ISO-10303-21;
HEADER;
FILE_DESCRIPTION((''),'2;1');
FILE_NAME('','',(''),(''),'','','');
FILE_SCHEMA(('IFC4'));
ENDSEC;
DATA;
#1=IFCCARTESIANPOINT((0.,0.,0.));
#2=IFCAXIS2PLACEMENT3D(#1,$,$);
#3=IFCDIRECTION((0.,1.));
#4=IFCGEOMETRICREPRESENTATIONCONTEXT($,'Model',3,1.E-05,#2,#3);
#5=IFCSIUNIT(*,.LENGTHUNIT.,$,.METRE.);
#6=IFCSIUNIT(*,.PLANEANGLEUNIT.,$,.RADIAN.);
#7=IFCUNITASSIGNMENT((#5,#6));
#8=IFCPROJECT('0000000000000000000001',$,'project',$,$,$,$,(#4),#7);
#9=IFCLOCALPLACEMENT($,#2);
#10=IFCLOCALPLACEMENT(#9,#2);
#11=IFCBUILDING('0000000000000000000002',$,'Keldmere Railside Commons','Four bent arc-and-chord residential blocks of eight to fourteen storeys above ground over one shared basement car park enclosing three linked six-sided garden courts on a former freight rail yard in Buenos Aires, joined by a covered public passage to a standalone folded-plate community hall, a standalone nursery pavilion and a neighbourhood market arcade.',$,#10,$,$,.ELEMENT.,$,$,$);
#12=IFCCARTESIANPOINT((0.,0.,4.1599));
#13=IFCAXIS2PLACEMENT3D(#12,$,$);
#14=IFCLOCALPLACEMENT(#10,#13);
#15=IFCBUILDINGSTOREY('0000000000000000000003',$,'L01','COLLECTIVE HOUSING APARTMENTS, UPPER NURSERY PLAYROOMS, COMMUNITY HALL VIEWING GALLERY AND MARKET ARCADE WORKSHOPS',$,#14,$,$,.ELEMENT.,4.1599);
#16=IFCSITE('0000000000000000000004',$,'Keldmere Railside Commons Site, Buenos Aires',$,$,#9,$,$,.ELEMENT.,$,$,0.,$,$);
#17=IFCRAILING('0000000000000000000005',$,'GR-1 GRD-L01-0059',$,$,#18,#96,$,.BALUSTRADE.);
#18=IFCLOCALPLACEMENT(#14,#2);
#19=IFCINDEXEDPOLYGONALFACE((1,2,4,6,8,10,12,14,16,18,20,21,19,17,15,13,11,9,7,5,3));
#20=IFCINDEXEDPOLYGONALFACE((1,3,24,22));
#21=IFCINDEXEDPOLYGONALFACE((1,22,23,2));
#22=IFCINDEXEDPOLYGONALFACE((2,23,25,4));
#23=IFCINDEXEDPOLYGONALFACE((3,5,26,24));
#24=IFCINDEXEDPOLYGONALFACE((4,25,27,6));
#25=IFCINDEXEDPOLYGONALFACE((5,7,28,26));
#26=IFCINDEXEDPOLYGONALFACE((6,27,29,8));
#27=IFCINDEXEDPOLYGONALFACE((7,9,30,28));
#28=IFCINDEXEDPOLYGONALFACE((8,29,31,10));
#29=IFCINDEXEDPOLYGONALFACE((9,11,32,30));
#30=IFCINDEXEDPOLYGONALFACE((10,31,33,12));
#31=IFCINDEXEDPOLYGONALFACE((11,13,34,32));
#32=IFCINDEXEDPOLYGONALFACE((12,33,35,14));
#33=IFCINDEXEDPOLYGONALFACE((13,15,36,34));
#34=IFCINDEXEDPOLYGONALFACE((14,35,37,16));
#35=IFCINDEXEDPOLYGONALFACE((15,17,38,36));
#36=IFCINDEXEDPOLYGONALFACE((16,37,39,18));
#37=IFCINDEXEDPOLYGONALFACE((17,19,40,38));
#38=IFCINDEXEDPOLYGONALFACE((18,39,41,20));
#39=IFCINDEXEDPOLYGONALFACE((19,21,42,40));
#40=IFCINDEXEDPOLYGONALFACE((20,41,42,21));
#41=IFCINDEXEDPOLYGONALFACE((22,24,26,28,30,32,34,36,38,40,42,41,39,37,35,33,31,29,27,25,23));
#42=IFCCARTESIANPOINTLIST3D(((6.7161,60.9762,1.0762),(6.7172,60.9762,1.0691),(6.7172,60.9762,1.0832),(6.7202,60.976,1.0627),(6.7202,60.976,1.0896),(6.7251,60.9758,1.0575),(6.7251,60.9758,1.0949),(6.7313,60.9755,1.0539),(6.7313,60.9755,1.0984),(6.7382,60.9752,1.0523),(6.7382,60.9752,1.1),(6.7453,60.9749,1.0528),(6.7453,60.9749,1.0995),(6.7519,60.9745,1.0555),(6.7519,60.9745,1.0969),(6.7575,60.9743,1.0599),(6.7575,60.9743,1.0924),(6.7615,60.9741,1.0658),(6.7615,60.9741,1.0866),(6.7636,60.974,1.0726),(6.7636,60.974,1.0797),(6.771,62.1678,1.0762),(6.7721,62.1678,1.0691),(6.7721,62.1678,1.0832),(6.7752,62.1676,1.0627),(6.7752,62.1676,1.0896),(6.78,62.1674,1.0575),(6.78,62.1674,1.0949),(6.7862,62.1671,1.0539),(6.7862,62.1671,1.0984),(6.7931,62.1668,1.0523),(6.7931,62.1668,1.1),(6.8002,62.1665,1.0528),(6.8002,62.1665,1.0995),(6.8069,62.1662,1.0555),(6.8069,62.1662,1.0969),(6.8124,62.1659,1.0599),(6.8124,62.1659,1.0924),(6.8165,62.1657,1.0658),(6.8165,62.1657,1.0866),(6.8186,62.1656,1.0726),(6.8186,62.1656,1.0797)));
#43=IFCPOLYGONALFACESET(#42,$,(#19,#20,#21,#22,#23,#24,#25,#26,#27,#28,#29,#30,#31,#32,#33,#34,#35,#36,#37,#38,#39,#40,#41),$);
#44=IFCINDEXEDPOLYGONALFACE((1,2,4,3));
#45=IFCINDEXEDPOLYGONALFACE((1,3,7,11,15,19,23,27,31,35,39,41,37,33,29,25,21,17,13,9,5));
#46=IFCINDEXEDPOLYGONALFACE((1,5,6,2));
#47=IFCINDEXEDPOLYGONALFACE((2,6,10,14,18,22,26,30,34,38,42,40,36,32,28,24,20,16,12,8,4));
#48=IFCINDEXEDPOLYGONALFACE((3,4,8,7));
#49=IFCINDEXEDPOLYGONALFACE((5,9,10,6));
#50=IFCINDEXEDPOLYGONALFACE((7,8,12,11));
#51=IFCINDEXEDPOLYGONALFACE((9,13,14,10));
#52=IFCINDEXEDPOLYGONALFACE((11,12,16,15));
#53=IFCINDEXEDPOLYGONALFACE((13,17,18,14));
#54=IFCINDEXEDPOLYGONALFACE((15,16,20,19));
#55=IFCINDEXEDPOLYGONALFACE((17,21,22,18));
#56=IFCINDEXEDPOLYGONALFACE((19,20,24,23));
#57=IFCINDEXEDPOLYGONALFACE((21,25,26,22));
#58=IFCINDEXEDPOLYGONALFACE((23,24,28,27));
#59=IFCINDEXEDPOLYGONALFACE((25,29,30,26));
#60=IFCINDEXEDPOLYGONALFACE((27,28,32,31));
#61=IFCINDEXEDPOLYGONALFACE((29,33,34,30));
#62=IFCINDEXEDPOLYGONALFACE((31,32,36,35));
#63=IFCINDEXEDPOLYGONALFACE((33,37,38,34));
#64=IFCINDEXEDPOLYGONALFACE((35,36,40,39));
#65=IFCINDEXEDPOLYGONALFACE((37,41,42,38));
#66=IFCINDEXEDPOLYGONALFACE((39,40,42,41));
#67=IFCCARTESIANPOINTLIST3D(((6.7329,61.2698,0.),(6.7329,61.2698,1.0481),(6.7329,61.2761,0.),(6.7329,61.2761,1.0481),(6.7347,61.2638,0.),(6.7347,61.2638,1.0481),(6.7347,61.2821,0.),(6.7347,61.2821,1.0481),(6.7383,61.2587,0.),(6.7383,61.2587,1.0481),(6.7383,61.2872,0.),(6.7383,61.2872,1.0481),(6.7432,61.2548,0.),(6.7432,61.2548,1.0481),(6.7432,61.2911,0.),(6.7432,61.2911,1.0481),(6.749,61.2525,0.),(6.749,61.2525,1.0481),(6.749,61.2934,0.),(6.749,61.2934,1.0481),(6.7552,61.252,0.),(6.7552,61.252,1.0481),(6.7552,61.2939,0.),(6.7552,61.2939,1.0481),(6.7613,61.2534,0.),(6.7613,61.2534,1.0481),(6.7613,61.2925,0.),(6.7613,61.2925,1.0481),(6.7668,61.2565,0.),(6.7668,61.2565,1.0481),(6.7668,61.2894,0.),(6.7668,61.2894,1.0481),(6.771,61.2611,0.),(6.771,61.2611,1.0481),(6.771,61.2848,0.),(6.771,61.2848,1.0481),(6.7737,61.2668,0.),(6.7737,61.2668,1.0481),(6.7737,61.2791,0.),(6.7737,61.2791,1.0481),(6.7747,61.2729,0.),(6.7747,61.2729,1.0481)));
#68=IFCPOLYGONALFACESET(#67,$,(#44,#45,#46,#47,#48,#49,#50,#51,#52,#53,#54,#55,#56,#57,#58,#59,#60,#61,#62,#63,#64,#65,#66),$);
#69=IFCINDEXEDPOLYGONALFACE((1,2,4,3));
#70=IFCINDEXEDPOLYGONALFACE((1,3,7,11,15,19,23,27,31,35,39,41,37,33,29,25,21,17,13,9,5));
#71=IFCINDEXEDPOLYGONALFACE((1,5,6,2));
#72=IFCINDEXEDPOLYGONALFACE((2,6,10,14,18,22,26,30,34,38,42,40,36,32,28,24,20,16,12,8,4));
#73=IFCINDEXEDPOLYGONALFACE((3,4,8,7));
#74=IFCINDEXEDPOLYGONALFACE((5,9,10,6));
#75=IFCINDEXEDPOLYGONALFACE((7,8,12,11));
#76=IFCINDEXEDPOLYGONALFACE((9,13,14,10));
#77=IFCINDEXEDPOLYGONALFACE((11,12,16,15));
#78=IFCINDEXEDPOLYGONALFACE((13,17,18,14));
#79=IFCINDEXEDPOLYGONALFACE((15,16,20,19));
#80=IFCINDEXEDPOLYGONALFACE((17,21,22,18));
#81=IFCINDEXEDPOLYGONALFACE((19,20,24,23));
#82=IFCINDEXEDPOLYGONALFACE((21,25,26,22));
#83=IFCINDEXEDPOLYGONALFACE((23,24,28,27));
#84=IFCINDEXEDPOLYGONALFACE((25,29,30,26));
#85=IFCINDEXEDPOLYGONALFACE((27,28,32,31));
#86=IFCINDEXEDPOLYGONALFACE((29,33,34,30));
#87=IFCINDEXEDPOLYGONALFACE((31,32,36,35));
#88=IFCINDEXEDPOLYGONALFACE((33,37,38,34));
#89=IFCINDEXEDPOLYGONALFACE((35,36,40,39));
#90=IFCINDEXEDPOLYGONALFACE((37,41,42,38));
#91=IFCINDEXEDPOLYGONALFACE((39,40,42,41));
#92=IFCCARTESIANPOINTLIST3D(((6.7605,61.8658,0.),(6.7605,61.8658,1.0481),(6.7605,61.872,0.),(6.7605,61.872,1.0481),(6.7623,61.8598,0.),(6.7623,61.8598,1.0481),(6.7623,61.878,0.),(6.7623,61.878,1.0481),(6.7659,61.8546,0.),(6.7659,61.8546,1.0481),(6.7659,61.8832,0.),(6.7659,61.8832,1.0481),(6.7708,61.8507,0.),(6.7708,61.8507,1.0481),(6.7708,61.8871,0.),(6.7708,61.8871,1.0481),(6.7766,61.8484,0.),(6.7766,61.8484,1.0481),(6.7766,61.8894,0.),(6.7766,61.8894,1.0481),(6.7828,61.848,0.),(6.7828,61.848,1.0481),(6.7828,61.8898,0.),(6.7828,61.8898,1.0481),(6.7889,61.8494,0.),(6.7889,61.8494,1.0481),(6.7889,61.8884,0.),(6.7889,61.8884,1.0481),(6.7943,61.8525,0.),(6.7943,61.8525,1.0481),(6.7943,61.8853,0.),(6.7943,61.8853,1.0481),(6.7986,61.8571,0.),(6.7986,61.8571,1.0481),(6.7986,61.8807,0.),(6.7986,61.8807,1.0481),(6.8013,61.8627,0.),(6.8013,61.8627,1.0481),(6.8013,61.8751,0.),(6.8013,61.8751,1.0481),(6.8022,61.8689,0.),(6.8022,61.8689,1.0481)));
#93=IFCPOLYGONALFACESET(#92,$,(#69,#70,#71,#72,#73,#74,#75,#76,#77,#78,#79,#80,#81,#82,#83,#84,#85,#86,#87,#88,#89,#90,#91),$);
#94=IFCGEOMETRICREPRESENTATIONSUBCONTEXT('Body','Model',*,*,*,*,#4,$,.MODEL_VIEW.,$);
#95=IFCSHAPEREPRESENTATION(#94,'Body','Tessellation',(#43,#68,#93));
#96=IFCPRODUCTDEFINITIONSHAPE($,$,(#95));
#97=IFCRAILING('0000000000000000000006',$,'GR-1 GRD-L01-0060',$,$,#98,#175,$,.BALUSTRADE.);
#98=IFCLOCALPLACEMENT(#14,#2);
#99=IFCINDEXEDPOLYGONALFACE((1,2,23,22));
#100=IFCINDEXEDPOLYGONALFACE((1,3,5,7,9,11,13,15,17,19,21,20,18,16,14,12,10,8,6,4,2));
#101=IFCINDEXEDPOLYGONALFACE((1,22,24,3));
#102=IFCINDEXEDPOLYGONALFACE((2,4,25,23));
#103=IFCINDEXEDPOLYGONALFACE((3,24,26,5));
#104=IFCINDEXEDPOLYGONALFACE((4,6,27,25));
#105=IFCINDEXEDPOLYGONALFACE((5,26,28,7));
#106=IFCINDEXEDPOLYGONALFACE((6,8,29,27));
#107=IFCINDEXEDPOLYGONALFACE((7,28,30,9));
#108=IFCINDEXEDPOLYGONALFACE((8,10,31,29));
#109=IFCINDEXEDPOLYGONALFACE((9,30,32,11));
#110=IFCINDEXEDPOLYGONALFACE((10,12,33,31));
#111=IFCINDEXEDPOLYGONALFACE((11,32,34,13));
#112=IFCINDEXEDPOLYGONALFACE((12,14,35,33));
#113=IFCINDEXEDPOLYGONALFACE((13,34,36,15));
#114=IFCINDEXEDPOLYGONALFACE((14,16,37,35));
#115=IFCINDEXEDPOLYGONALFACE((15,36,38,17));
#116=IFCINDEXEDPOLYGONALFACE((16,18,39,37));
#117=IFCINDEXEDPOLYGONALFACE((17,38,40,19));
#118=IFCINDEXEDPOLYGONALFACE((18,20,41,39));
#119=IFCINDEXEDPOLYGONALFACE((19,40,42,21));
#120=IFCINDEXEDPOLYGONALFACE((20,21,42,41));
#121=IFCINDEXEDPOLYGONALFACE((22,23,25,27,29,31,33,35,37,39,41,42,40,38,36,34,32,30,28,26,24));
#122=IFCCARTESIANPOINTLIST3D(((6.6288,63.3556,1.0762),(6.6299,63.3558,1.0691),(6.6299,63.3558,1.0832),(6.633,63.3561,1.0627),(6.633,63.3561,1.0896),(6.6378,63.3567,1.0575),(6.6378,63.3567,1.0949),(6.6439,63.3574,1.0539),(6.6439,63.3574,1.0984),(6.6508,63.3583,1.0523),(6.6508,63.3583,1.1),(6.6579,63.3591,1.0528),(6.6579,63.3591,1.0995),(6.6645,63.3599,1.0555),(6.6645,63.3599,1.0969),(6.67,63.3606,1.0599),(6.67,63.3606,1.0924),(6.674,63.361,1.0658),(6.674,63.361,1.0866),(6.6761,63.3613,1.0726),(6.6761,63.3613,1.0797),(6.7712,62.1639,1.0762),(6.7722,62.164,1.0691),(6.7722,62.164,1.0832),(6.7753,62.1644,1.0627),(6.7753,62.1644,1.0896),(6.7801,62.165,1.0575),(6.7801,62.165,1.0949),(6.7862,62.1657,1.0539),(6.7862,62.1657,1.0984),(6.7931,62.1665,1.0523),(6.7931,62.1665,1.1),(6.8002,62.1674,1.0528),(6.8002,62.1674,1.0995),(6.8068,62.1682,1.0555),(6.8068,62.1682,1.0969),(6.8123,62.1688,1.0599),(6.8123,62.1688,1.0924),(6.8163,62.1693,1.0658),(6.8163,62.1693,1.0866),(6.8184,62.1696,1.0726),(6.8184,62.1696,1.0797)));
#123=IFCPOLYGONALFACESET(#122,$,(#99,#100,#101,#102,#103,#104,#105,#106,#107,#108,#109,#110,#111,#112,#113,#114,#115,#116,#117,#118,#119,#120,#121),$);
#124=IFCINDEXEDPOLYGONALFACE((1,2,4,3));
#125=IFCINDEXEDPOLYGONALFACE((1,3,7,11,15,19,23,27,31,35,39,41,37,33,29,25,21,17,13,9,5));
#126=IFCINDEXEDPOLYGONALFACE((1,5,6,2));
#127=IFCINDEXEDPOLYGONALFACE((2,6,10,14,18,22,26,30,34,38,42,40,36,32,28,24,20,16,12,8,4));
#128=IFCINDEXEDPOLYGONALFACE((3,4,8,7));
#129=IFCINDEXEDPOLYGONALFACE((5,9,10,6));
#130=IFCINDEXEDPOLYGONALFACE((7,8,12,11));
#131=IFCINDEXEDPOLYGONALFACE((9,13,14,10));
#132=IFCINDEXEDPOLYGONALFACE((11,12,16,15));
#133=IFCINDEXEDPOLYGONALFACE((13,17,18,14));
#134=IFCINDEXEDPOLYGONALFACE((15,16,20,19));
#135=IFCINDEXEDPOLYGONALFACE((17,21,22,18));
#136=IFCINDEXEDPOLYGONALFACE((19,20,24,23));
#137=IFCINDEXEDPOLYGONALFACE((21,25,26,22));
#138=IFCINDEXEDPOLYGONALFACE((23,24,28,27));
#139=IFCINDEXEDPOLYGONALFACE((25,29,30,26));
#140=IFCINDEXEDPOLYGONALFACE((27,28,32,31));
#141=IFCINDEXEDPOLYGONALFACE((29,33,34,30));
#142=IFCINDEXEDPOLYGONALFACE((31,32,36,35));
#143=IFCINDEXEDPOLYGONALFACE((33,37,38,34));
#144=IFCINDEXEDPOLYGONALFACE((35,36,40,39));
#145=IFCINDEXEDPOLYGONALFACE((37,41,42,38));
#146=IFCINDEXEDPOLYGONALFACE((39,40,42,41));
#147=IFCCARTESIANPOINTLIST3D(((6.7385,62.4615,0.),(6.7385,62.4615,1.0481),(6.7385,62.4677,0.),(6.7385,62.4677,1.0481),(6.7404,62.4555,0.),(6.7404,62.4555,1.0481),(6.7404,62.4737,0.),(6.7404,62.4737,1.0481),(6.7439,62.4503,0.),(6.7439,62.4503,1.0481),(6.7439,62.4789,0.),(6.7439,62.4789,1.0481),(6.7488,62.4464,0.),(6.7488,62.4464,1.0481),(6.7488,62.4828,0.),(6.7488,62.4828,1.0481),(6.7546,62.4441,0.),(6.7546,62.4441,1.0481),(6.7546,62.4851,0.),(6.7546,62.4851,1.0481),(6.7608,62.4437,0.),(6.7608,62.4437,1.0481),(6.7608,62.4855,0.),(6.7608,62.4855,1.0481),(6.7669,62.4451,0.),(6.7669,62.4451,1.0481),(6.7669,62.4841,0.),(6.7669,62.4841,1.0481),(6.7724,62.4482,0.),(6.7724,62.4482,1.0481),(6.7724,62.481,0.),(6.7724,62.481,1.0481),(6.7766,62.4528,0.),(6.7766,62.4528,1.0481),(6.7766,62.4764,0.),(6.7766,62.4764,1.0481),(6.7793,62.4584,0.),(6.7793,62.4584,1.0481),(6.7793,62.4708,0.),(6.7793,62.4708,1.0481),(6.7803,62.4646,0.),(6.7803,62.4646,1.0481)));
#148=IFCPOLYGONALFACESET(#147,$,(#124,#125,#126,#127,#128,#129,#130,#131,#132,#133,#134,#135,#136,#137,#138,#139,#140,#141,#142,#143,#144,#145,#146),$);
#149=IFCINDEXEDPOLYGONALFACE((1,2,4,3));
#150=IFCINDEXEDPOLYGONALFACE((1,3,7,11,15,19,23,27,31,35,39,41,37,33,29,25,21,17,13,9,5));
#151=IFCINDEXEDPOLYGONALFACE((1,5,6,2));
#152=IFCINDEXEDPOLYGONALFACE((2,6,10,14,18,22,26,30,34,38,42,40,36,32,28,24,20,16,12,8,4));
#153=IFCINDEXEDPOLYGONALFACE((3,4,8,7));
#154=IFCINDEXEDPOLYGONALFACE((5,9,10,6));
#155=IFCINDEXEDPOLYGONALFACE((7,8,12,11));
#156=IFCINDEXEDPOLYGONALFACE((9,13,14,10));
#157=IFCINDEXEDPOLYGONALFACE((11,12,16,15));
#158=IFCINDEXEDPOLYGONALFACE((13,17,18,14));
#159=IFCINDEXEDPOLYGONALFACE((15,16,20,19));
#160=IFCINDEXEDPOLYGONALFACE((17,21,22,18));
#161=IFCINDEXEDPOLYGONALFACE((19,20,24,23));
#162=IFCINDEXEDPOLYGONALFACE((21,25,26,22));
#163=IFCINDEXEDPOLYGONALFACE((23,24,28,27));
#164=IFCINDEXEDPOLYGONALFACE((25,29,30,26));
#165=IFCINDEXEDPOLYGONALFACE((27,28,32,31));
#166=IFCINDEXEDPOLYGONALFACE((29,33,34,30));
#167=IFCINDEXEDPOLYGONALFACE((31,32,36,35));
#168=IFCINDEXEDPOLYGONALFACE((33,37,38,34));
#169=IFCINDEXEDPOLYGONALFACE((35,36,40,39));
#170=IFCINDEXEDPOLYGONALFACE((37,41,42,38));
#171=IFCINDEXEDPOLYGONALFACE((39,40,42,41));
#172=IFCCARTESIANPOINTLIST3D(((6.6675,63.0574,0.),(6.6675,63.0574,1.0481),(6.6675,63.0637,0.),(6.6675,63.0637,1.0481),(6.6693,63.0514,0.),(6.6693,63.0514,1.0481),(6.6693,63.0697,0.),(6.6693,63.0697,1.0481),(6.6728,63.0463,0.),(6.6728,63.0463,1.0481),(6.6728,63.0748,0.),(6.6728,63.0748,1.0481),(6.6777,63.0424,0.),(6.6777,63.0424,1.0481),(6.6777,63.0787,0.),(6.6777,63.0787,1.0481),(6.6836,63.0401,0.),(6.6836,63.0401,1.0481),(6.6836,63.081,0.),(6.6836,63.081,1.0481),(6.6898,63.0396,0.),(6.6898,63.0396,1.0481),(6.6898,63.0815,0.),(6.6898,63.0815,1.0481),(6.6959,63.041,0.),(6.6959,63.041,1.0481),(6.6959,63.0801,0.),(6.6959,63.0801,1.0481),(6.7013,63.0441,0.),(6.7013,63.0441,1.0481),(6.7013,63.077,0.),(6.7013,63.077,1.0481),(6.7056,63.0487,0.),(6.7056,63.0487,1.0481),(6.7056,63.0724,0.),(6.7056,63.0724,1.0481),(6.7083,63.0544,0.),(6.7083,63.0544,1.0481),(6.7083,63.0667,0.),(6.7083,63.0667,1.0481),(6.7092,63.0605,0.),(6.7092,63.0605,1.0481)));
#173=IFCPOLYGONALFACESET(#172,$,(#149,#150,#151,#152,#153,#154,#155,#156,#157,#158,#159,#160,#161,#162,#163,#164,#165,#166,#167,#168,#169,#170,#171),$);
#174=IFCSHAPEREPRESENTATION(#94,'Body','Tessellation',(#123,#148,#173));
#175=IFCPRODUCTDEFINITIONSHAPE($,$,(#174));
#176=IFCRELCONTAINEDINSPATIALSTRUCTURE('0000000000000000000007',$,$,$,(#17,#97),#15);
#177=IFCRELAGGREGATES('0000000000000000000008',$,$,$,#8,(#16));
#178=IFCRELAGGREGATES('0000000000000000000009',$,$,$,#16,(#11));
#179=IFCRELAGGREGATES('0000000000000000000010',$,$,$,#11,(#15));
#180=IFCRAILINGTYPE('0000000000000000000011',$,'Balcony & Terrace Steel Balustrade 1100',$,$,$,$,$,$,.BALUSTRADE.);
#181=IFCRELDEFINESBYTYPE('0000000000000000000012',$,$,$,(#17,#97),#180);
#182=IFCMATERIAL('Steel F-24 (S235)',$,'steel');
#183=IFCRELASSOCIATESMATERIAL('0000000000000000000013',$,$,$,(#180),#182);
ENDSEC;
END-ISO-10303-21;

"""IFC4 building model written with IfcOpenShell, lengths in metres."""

from ifc_helpers import new_model, si_unit, direction, frame, origin, origin_2d, place, context, subcontext, project, spatial, circle, extrude, material, type_object, element, save


model = new_model("IFC4")

# Units and contexts
model_context = context("Model", 3, precision=1e-05, world=origin(), true_north=direction((0.0, 1.0)))
body_context = subcontext(model_context, "Body", "Model", "MODEL_VIEW")
ifc_project = project(units=[si_unit("LENGTHUNIT", "METRE"), si_unit("PLANEANGLEUNIT", "RADIAN")], contexts=[model_context])

# Site, building, storey
site_placement = place(None, origin())
site = spatial("IfcSite", under=ifc_project, at=site_placement, Name="Keldmere Railside Commons Site, Buenos Aires", CompositionType="ELEMENT", RefElevation=0.0)
building_placement = place(site_placement, origin())
building = spatial("IfcBuilding", under=site, at=building_placement, Name="Keldmere Railside Commons", Description="Four bent arc-and-chord residential blocks of eight to fourteen storeys above ground over one shared basement car park enclosing three linked six-sided garden courts on a former freight rail yard in Buenos Aires, joined by a covered public passage to a standalone folded-plate community hall, a standalone nursery pavilion and a neighbourhood market arcade.", CompositionType="ELEMENT")
storey_placement = place(building_placement, frame((0.0, 0.0, 4.1599)))
storey = spatial("IfcBuildingStorey", under=building, at=storey_placement, Name="L01", Description="COLLECTIVE HOUSING APARTMENTS, UPPER NURSERY PLAYROOMS, COMMUNITY HALL VIEWING GALLERY AND MARKET ARCADE WORKSHOPS", CompositionType="ELEMENT", Elevation=4.1599)

# Railings
ifc_material_1 = material(Name="Steel F-24 (S235)", Category="steel")
railing_type_1 = type_object("IfcRailingType", Name="Balcony & Terrace Steel Balustrade 1100", PredefinedType="BALUSTRADE", material=ifc_material_1)
railing_1_placement = place(storey_placement, frame((6.74, 60.9751, 0.0)))
element("IfcRailing", 1, at=railing_1_placement, inside=storey, type_object=railing_type_1, Name="GR-1 GRD-L01-0059", PredefinedType="BALUSTRADE", context=body_context, shape_type="SweptSolid", body=[
    extrude(circle(Radius=0.0239, at=origin_2d()), frame((0.0, 0.0, 1.0762), z_axis=(0.046048, 0.998939, 0.0), x_axis=(-0.998939, 0.046048, 0.0)), (0.0, 0.0, 1.0), 1.1929),
    extrude(circle(Radius=0.021, at=origin_2d()), frame((0.0137, 0.2979, 0.0)), (0.0, 0.0, 1.0), 1.0481),
    extrude(circle(Radius=0.021, at=origin_2d()), frame((0.0413, 0.8938, 0.0)), (0.0, 0.0, 1.0), 1.0481),
])
railing_2_placement = place(storey_placement, frame((6.7949, 62.1667, 0.0)))
element("IfcRailing", 2, at=railing_2_placement, inside=storey, type_object=railing_type_1, Name="GR-1 GRD-L01-0060", PredefinedType="BALUSTRADE", context=body_context, shape_type="SweptSolid", body=[
    extrude(circle(Radius=0.0239, at=origin_2d()), frame((0.0, 0.0, 1.0762), z_axis=(-0.1186, 0.992942, 0.0), x_axis=(-0.992942, -0.1186, 0.0)), (0.0, 0.0, 1.0), 1.2002),
    extrude(circle(Radius=0.021, at=origin_2d()), frame((-0.0356, 0.2979, 0.0)), (0.0, 0.0, 1.0), 1.0481),
    extrude(circle(Radius=0.021, at=origin_2d()), frame((-0.1067, 0.8938, 0.0)), (0.0, 0.0, 1.0), 1.0481),
])

save(model, "model.ifc")
